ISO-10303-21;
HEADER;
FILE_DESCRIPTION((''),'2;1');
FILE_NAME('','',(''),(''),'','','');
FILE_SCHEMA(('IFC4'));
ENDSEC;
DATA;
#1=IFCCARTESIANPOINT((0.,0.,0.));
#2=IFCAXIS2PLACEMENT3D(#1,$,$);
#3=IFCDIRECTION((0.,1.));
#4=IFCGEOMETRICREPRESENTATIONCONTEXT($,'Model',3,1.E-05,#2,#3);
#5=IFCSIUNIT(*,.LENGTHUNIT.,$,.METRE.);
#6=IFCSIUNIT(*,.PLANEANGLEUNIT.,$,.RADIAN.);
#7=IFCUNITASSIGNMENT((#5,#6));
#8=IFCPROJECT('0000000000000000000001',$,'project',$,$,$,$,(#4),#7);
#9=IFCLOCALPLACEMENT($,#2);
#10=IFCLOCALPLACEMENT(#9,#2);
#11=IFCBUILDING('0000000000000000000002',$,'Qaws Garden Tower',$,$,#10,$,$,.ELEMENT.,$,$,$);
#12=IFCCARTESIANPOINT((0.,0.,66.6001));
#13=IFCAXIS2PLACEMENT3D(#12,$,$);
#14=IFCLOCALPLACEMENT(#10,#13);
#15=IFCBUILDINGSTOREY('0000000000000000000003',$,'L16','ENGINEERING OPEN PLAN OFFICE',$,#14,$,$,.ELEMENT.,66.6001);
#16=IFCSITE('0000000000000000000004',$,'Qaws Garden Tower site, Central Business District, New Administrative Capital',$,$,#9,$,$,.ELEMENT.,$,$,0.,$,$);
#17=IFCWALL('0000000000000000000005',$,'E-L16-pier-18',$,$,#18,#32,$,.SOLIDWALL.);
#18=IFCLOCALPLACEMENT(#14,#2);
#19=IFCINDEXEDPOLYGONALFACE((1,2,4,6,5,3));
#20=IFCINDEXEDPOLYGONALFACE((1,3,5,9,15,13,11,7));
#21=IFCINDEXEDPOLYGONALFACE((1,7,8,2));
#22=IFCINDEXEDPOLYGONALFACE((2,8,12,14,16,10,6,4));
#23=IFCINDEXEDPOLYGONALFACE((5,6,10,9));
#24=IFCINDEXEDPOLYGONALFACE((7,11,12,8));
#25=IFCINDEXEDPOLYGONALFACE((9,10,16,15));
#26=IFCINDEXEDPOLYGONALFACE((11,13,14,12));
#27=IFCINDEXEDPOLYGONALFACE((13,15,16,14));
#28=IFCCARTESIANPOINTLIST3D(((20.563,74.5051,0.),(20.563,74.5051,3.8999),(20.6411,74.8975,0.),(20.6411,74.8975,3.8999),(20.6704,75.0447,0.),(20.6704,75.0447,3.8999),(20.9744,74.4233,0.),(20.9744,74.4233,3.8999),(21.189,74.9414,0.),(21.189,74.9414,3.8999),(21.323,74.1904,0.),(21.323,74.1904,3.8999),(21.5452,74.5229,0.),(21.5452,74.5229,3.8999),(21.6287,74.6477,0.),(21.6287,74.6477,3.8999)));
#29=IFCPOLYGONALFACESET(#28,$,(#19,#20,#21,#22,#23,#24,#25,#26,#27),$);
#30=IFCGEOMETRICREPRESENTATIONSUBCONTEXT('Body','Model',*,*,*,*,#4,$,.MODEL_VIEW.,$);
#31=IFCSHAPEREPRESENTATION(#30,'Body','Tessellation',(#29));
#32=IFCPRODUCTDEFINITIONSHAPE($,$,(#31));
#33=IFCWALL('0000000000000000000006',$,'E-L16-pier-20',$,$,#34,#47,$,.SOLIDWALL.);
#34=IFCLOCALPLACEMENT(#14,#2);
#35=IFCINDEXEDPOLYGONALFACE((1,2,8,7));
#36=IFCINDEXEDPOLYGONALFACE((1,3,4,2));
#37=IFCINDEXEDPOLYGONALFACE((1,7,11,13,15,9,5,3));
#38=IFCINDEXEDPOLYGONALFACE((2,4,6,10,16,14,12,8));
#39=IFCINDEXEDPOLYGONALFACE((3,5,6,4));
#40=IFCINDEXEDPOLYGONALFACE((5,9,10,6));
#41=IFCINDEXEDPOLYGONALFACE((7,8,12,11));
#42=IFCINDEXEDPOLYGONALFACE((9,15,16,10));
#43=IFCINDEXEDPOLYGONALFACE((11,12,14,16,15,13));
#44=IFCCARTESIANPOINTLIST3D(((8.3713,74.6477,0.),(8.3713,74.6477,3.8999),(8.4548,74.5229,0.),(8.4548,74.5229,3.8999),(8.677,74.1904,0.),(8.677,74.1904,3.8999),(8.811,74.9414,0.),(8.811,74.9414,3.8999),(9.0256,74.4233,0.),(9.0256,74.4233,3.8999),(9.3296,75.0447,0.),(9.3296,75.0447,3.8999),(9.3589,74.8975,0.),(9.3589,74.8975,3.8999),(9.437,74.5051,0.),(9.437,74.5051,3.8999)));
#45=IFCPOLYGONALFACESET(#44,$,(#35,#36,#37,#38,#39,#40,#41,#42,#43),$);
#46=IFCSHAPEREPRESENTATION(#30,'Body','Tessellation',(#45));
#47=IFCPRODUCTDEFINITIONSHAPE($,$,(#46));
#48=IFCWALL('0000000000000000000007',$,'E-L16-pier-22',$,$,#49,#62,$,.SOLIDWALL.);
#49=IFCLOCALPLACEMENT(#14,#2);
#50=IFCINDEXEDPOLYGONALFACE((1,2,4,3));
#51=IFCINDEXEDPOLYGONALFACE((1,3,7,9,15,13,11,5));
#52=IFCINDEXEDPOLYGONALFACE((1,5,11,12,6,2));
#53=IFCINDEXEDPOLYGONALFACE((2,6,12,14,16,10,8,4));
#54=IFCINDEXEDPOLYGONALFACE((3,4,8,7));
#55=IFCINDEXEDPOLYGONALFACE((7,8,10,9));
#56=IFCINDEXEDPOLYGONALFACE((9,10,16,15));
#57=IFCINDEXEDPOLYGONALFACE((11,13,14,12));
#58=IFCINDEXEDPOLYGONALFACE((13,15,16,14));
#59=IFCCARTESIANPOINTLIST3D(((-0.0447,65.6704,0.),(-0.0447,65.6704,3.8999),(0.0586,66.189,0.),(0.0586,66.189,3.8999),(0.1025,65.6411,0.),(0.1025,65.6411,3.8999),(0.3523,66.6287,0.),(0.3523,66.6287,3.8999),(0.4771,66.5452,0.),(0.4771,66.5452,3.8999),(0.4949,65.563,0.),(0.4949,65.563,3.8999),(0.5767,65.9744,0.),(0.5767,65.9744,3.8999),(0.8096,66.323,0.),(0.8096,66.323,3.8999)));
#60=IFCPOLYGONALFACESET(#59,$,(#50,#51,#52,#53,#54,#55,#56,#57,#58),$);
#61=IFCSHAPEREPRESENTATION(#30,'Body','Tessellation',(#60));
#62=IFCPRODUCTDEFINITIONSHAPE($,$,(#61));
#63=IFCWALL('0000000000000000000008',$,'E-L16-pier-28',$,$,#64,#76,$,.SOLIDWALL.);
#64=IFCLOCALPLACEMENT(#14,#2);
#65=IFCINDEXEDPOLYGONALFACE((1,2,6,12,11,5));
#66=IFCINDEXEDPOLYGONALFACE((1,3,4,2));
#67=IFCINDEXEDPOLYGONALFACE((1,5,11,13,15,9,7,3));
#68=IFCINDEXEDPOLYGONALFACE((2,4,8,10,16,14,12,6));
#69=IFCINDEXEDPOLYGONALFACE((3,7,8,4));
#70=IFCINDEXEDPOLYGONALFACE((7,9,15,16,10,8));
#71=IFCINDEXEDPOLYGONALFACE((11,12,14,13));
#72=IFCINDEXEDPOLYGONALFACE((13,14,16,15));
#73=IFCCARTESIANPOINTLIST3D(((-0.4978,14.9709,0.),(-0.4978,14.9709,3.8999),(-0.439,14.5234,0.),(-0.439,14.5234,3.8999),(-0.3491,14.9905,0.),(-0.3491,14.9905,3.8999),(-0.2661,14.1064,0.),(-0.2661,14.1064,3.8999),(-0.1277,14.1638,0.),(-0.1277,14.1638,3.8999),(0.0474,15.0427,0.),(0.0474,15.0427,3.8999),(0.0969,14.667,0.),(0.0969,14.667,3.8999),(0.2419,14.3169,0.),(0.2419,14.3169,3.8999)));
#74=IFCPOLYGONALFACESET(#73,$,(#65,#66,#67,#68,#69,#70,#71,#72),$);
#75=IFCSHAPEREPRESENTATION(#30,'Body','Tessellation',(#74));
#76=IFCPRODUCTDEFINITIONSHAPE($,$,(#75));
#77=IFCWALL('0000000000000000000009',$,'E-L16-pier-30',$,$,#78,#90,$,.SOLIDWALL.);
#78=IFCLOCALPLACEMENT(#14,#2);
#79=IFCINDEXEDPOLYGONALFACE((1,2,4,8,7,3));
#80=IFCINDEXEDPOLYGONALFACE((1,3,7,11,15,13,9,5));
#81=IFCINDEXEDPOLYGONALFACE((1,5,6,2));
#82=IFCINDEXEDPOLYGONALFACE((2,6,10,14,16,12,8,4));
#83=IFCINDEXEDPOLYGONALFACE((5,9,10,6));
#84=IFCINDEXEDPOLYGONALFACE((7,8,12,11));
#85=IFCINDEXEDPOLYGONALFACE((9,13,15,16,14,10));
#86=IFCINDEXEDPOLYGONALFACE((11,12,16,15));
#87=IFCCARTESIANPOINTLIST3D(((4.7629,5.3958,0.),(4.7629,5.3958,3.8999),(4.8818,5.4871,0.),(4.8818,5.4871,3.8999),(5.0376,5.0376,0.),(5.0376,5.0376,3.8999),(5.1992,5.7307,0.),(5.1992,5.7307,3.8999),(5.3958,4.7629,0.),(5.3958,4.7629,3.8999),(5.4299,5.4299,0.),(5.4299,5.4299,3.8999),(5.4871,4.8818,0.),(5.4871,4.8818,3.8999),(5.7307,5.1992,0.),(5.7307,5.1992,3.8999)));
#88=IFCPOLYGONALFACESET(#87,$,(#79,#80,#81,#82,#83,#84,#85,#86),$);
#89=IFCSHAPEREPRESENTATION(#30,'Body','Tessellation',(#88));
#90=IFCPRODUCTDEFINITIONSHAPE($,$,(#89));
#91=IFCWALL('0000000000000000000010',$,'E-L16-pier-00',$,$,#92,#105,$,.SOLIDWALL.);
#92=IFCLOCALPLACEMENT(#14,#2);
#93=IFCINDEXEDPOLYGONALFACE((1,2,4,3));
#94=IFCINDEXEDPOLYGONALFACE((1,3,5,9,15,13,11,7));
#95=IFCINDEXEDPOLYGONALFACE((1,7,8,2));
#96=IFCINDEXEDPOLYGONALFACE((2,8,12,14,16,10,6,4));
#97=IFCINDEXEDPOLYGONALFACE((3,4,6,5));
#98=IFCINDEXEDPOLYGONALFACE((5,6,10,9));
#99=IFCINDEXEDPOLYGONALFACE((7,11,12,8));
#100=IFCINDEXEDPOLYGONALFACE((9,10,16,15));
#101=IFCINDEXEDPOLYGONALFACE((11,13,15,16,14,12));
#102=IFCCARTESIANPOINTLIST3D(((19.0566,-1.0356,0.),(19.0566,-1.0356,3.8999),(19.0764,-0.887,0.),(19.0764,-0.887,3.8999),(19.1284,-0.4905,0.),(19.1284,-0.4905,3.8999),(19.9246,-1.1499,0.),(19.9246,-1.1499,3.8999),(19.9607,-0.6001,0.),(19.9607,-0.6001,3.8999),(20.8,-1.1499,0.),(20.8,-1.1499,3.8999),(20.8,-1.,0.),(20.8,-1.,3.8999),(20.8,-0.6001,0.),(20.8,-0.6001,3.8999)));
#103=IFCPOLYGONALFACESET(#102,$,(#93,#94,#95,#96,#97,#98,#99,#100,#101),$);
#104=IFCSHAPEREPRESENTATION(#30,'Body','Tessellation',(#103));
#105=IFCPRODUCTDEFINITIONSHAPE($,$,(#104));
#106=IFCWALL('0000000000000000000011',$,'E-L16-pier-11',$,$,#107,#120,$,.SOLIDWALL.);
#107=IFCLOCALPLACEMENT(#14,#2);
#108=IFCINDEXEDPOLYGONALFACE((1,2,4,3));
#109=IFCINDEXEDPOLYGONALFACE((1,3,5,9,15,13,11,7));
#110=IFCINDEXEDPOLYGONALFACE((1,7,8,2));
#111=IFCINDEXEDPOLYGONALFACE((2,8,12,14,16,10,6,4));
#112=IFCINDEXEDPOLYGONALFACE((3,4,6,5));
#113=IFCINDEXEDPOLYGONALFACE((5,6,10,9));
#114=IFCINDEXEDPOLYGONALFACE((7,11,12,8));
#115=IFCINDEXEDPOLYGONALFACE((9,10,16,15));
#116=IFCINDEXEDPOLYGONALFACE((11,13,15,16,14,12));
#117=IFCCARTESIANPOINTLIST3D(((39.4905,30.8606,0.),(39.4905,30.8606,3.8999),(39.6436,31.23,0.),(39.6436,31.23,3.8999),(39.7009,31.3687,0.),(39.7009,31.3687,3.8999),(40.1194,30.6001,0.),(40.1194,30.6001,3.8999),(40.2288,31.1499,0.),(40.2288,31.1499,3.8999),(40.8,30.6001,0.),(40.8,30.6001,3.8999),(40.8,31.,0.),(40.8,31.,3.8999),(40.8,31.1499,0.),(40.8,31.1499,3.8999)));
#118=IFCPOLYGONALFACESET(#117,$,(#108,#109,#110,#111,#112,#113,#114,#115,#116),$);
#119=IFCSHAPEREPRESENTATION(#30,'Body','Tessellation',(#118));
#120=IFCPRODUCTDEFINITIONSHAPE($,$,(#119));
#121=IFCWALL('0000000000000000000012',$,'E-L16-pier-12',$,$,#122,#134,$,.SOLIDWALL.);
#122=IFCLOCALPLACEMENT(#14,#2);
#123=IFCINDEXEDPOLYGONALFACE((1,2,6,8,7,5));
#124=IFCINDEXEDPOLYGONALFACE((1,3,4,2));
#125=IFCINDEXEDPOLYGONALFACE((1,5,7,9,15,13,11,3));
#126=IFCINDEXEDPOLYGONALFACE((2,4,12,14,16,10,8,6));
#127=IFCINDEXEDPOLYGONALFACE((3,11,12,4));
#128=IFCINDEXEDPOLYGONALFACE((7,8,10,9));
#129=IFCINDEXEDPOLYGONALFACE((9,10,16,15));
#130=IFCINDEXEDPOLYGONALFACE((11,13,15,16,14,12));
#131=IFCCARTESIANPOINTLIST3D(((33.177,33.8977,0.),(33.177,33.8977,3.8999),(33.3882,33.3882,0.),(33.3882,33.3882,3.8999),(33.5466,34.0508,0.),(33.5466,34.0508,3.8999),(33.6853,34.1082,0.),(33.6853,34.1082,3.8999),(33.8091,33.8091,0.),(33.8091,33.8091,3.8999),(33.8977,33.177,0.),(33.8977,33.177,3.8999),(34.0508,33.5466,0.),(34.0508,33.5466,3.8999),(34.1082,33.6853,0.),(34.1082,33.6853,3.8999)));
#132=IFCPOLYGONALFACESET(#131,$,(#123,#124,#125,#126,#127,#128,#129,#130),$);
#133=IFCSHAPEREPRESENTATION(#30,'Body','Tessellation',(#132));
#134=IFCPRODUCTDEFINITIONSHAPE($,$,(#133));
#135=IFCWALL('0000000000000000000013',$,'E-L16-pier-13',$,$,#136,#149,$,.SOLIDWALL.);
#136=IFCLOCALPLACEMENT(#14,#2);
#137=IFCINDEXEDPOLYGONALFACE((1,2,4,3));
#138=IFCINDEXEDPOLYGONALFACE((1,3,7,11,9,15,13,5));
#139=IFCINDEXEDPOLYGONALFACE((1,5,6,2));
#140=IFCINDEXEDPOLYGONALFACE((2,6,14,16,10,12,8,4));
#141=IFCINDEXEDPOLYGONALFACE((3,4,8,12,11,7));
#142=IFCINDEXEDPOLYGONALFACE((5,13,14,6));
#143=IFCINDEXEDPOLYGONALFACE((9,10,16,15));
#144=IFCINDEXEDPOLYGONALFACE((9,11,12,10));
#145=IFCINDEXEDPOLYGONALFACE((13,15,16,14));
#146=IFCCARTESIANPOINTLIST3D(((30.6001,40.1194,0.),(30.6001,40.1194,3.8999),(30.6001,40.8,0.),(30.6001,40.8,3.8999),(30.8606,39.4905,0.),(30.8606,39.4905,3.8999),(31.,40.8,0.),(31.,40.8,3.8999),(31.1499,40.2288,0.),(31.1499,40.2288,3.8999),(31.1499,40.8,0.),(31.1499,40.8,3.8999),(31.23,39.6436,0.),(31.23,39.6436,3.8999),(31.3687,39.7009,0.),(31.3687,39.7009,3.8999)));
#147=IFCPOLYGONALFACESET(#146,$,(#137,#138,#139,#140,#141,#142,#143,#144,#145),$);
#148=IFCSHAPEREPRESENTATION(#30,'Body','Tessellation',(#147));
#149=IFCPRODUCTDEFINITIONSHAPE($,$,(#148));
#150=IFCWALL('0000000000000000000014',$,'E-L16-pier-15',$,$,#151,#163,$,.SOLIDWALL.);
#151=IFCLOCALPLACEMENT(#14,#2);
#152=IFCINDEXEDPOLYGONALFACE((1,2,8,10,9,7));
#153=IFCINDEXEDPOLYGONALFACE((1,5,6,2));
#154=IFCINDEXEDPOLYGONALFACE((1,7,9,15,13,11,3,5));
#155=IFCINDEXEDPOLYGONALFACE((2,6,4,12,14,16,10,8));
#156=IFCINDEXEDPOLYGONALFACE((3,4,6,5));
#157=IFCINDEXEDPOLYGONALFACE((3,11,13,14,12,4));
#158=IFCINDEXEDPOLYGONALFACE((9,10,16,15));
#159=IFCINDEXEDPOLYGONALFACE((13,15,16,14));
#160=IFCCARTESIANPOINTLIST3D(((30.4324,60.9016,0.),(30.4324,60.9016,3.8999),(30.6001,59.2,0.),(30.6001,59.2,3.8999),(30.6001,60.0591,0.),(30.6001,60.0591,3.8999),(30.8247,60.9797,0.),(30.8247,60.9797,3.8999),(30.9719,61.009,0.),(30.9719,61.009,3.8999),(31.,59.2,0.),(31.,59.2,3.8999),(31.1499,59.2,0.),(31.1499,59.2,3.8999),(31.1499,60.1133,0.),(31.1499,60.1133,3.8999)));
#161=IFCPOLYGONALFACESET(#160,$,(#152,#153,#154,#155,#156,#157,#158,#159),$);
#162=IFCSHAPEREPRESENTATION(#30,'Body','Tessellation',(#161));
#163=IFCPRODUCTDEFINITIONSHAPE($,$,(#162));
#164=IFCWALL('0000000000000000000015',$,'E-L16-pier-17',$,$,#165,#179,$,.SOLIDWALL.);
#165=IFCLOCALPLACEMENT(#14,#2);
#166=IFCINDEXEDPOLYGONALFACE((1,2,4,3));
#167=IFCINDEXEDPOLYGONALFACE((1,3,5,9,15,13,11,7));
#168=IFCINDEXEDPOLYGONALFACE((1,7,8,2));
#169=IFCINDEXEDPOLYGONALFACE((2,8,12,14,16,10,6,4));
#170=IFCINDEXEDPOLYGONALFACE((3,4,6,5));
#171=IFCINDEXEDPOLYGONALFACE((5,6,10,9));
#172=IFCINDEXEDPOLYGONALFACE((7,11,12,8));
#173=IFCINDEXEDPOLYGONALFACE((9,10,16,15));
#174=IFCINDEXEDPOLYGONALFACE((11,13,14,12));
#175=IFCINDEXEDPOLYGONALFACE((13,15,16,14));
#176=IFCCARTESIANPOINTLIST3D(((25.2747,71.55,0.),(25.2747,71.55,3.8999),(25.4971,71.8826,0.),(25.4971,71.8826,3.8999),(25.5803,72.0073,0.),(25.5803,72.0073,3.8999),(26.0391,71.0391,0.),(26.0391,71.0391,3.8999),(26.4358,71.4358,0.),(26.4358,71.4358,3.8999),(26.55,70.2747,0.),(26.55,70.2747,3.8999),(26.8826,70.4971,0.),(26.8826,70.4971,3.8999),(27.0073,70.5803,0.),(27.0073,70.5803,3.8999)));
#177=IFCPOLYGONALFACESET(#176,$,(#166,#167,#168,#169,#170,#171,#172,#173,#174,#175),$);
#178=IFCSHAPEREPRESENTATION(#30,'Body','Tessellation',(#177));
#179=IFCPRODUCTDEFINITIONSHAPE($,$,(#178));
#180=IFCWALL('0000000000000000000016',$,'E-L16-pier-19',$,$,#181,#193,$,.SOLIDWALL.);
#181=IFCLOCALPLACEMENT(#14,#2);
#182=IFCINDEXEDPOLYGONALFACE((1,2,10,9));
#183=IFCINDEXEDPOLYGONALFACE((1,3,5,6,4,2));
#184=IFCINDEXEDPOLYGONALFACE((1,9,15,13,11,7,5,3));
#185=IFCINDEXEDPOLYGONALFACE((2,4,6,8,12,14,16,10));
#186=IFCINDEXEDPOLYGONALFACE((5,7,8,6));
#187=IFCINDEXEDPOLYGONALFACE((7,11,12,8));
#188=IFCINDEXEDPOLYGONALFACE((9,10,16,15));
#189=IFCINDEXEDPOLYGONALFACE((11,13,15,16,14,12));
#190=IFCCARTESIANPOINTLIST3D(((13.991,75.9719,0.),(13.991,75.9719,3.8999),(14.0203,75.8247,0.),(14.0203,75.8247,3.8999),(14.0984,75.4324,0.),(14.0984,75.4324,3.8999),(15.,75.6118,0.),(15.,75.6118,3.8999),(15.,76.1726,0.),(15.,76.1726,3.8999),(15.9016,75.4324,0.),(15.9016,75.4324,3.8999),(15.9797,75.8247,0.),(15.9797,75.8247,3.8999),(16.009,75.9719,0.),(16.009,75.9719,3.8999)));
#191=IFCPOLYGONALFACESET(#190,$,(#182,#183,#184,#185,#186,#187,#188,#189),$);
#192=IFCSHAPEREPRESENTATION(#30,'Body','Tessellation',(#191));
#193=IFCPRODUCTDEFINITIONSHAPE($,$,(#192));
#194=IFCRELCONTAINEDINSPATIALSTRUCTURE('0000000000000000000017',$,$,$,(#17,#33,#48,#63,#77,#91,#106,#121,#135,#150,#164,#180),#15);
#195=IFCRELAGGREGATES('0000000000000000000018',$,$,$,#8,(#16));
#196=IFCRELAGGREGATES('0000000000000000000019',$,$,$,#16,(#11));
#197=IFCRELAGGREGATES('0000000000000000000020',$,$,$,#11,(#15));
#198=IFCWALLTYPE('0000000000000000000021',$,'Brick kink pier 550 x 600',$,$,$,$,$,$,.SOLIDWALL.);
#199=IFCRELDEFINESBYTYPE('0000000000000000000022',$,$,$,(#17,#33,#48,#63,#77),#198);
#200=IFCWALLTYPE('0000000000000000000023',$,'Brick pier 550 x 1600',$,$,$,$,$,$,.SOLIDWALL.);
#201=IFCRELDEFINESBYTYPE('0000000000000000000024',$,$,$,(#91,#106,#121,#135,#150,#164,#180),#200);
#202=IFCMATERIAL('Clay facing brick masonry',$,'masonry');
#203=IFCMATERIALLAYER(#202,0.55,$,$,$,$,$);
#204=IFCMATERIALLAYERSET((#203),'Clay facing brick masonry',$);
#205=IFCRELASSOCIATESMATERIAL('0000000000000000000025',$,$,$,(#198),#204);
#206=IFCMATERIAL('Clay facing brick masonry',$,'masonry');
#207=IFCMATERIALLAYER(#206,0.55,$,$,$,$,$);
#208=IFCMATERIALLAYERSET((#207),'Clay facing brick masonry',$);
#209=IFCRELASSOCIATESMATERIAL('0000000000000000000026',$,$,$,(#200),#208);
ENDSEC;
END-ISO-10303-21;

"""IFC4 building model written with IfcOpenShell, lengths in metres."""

from ifc_helpers import new_model, si_unit, direction, frame, origin, place, context, subcontext, project, spatial, polyline, outline, extrude, material, layer, layer_set, type_object, element, save


model = new_model("IFC4")

# Units and contexts
model_context = context("Model", 3, precision=1e-05, world=origin(), true_north=direction((0.0, 1.0)))
body_context = subcontext(model_context, "Body", "Model", "MODEL_VIEW")
ifc_project = project(units=[si_unit("LENGTHUNIT", "METRE"), si_unit("PLANEANGLEUNIT", "RADIAN")], contexts=[model_context])

# Site, building, storey
site_placement = place(None, origin())
site = spatial("IfcSite", under=ifc_project, at=site_placement, Name="Qaws Garden Tower site, Central Business District, New Administrative Capital", CompositionType="ELEMENT", RefElevation=0.0)
building_placement = place(site_placement, origin())
building = spatial("IfcBuilding", under=site, at=building_placement, Name="Qaws Garden Tower", CompositionType="ELEMENT")
storey_placement = place(building_placement, frame((0.0, 0.0, 66.6001)))
storey = spatial("IfcBuildingStorey", under=building, at=storey_placement, Name="L16", Description="ENGINEERING OPEN PLAN OFFICE", CompositionType="ELEMENT", Elevation=66.6001)

# Walls
placement = place(storey_placement, origin())
ifc_material_1 = material(Name="Clay facing brick masonry", Category="masonry")
ifc_layer_1 = layer(ifc_material_1, 0.55)
ifc_layer_set_1 = layer_set([ifc_layer_1], Name="Clay facing brick masonry")
wall_type_1 = type_object("IfcWallType", Name="Brick kink pier 550 x 600", PredefinedType="SOLIDWALL", material=ifc_layer_set_1)
element("IfcWall", 1, at=placement, inside=storey, type_object=wall_type_1, Name="E-L16-pier-18", PredefinedType="SOLIDWALL", context=body_context, shape_type="SweptSolid", body=[
    extrude(outline(polyline([(21.5452, 74.5229), (21.6287, 74.6477), (21.189, 74.9414), (20.6704, 75.0447), (20.6411, 74.8975), (20.563, 74.5051), (20.9744, 74.4233), (21.323, 74.1904), (21.5452, 74.5229)])), origin(), (0.0, 0.0, 1.0), 3.8999),
])
element("IfcWall", 2, at=placement, inside=storey, type_object=wall_type_1, Name="E-L16-pier-20", PredefinedType="SOLIDWALL", context=body_context, shape_type="SweptSolid", body=[
    extrude(outline(polyline([(9.3589, 74.8975), (9.3296, 75.0447), (8.811, 74.9414), (8.3713, 74.6477), (8.4548, 74.5229), (8.677, 74.1904), (9.0256, 74.4233), (9.437, 74.5051), (9.3589, 74.8975)])), origin(), (0.0, 0.0, 1.0), 3.8999),
])
element("IfcWall", 3, at=placement, inside=storey, type_object=wall_type_1, Name="E-L16-pier-22", PredefinedType="SOLIDWALL", context=body_context, shape_type="SweptSolid", body=[
    extrude(outline(polyline([(0.4771, 66.5452), (0.3523, 66.6287), (0.0586, 66.189), (-0.0447, 65.6704), (0.1025, 65.6411), (0.4949, 65.563), (0.5767, 65.9744), (0.8096, 66.323), (0.4771, 66.5452)])), origin(), (0.0, 0.0, 1.0), 3.8999),
])
element("IfcWall", 4, at=placement, inside=storey, type_object=wall_type_1, Name="E-L16-pier-28", PredefinedType="SOLIDWALL", context=body_context, shape_type="SweptSolid", body=[
    extrude(outline(polyline([(-0.3491, 14.9905), (-0.4978, 14.9709), (-0.439, 14.5234), (-0.2661, 14.1064), (-0.1277, 14.1638), (0.2419, 14.3169), (0.0969, 14.667), (0.0474, 15.0427), (-0.3491, 14.9905)])), origin(), (0.0, 0.0, 1.0), 3.8999),
])
element("IfcWall", 5, at=placement, inside=storey, type_object=wall_type_1, Name="E-L16-pier-30", PredefinedType="SOLIDWALL", context=body_context, shape_type="SweptSolid", body=[
    extrude(outline(polyline([(4.8818, 5.4871), (4.7629, 5.3958), (5.0376, 5.0376), (5.3958, 4.7629), (5.4871, 4.8818), (5.7307, 5.1992), (5.4299, 5.4299), (5.1992, 5.7307), (4.8818, 5.4871)])), origin(), (0.0, 0.0, 1.0), 3.8999),
])
ifc_material_2 = material(Name="Clay facing brick masonry", Category="masonry")
ifc_layer_2 = layer(ifc_material_2, 0.55)
ifc_layer_set_2 = layer_set([ifc_layer_2], Name="Clay facing brick masonry")
wall_type_2 = type_object("IfcWallType", Name="Brick pier 550 x 1600", PredefinedType="SOLIDWALL", material=ifc_layer_set_2)
element("IfcWall", 6, at=placement, inside=storey, type_object=wall_type_2, Name="E-L16-pier-00", PredefinedType="SOLIDWALL", context=body_context, shape_type="SweptSolid", body=[
    extrude(outline(polyline([(19.0764, -0.887), (19.0566, -1.0356), (19.9246, -1.1499), (20.8, -1.1499), (20.8, -1.0), (20.8, -0.6001), (19.9607, -0.6001), (19.1284, -0.4905), (19.0764, -0.887)])), origin(), (0.0, 0.0, 1.0), 3.8999),
])
element("IfcWall", 7, at=placement, inside=storey, type_object=wall_type_2, Name="E-L16-pier-11", PredefinedType="SOLIDWALL", context=body_context, shape_type="SweptSolid", body=[
    extrude(outline(polyline([(40.8, 31.0), (40.8, 31.1499), (40.2288, 31.1499), (39.7009, 31.3687), (39.6436, 31.23), (39.4905, 30.8606), (40.1194, 30.6001), (40.8, 30.6001), (40.8, 31.0)])), origin(), (0.0, 0.0, 1.0), 3.8999),
])
element("IfcWall", 8, at=placement, inside=storey, type_object=wall_type_2, Name="E-L16-pier-12", PredefinedType="SOLIDWALL", context=body_context, shape_type="SweptSolid", body=[
    extrude(outline(polyline([(34.0508, 33.5466), (34.1082, 33.6853), (33.8091, 33.8091), (33.6853, 34.1082), (33.5466, 34.0508), (33.177, 33.8977), (33.3882, 33.3882), (33.8977, 33.177), (34.0508, 33.5466)])), origin(), (0.0, 0.0, 1.0), 3.8999),
])
element("IfcWall", 9, at=placement, inside=storey, type_object=wall_type_2, Name="E-L16-pier-13", PredefinedType="SOLIDWALL", context=body_context, shape_type="SweptSolid", body=[
    extrude(outline(polyline([(31.23, 39.6436), (31.3687, 39.7009), (31.1499, 40.2288), (31.1499, 40.8), (31.0, 40.8), (30.6001, 40.8), (30.6001, 40.1194), (30.8606, 39.4905), (31.23, 39.6436)])), origin(), (0.0, 0.0, 1.0), 3.8999),
])
element("IfcWall", 10, at=placement, inside=storey, type_object=wall_type_2, Name="E-L16-pier-15", PredefinedType="SOLIDWALL", context=body_context, shape_type="SweptSolid", body=[
    extrude(outline(polyline([(31.0, 59.2), (31.1499, 59.2), (31.1499, 60.1133), (30.9719, 61.009), (30.8247, 60.9797), (30.4324, 60.9016), (30.6001, 60.0591), (30.6001, 59.2), (31.0, 59.2)])), origin(), (0.0, 0.0, 1.0), 3.8999),
])
element("IfcWall", 11, at=placement, inside=storey, type_object=wall_type_2, Name="E-L16-pier-17", PredefinedType="SOLIDWALL", context=body_context, shape_type="SweptSolid", body=[
    extrude(outline(polyline([(26.8826, 70.4971), (27.0073, 70.5803), (26.4358, 71.4358), (25.5803, 72.0073), (25.4971, 71.8826), (25.2747, 71.55), (26.0391, 71.0391), (26.55, 70.2747), (26.8826, 70.4971)])), origin(), (0.0, 0.0, 1.0), 3.8999),
])
element("IfcWall", 12, at=placement, inside=storey, type_object=wall_type_2, Name="E-L16-pier-19", PredefinedType="SOLIDWALL", context=body_context, shape_type="SweptSolid", body=[
    extrude(outline(polyline([(15.9797, 75.8247), (16.009, 75.9719), (15.0, 76.1726), (13.991, 75.9719), (14.0203, 75.8247), (14.0984, 75.4324), (15.0, 75.6118), (15.9016, 75.4324), (15.9797, 75.8247)])), origin(), (0.0, 0.0, 1.0), 3.8999),
])

save(model, "model.ifc")
